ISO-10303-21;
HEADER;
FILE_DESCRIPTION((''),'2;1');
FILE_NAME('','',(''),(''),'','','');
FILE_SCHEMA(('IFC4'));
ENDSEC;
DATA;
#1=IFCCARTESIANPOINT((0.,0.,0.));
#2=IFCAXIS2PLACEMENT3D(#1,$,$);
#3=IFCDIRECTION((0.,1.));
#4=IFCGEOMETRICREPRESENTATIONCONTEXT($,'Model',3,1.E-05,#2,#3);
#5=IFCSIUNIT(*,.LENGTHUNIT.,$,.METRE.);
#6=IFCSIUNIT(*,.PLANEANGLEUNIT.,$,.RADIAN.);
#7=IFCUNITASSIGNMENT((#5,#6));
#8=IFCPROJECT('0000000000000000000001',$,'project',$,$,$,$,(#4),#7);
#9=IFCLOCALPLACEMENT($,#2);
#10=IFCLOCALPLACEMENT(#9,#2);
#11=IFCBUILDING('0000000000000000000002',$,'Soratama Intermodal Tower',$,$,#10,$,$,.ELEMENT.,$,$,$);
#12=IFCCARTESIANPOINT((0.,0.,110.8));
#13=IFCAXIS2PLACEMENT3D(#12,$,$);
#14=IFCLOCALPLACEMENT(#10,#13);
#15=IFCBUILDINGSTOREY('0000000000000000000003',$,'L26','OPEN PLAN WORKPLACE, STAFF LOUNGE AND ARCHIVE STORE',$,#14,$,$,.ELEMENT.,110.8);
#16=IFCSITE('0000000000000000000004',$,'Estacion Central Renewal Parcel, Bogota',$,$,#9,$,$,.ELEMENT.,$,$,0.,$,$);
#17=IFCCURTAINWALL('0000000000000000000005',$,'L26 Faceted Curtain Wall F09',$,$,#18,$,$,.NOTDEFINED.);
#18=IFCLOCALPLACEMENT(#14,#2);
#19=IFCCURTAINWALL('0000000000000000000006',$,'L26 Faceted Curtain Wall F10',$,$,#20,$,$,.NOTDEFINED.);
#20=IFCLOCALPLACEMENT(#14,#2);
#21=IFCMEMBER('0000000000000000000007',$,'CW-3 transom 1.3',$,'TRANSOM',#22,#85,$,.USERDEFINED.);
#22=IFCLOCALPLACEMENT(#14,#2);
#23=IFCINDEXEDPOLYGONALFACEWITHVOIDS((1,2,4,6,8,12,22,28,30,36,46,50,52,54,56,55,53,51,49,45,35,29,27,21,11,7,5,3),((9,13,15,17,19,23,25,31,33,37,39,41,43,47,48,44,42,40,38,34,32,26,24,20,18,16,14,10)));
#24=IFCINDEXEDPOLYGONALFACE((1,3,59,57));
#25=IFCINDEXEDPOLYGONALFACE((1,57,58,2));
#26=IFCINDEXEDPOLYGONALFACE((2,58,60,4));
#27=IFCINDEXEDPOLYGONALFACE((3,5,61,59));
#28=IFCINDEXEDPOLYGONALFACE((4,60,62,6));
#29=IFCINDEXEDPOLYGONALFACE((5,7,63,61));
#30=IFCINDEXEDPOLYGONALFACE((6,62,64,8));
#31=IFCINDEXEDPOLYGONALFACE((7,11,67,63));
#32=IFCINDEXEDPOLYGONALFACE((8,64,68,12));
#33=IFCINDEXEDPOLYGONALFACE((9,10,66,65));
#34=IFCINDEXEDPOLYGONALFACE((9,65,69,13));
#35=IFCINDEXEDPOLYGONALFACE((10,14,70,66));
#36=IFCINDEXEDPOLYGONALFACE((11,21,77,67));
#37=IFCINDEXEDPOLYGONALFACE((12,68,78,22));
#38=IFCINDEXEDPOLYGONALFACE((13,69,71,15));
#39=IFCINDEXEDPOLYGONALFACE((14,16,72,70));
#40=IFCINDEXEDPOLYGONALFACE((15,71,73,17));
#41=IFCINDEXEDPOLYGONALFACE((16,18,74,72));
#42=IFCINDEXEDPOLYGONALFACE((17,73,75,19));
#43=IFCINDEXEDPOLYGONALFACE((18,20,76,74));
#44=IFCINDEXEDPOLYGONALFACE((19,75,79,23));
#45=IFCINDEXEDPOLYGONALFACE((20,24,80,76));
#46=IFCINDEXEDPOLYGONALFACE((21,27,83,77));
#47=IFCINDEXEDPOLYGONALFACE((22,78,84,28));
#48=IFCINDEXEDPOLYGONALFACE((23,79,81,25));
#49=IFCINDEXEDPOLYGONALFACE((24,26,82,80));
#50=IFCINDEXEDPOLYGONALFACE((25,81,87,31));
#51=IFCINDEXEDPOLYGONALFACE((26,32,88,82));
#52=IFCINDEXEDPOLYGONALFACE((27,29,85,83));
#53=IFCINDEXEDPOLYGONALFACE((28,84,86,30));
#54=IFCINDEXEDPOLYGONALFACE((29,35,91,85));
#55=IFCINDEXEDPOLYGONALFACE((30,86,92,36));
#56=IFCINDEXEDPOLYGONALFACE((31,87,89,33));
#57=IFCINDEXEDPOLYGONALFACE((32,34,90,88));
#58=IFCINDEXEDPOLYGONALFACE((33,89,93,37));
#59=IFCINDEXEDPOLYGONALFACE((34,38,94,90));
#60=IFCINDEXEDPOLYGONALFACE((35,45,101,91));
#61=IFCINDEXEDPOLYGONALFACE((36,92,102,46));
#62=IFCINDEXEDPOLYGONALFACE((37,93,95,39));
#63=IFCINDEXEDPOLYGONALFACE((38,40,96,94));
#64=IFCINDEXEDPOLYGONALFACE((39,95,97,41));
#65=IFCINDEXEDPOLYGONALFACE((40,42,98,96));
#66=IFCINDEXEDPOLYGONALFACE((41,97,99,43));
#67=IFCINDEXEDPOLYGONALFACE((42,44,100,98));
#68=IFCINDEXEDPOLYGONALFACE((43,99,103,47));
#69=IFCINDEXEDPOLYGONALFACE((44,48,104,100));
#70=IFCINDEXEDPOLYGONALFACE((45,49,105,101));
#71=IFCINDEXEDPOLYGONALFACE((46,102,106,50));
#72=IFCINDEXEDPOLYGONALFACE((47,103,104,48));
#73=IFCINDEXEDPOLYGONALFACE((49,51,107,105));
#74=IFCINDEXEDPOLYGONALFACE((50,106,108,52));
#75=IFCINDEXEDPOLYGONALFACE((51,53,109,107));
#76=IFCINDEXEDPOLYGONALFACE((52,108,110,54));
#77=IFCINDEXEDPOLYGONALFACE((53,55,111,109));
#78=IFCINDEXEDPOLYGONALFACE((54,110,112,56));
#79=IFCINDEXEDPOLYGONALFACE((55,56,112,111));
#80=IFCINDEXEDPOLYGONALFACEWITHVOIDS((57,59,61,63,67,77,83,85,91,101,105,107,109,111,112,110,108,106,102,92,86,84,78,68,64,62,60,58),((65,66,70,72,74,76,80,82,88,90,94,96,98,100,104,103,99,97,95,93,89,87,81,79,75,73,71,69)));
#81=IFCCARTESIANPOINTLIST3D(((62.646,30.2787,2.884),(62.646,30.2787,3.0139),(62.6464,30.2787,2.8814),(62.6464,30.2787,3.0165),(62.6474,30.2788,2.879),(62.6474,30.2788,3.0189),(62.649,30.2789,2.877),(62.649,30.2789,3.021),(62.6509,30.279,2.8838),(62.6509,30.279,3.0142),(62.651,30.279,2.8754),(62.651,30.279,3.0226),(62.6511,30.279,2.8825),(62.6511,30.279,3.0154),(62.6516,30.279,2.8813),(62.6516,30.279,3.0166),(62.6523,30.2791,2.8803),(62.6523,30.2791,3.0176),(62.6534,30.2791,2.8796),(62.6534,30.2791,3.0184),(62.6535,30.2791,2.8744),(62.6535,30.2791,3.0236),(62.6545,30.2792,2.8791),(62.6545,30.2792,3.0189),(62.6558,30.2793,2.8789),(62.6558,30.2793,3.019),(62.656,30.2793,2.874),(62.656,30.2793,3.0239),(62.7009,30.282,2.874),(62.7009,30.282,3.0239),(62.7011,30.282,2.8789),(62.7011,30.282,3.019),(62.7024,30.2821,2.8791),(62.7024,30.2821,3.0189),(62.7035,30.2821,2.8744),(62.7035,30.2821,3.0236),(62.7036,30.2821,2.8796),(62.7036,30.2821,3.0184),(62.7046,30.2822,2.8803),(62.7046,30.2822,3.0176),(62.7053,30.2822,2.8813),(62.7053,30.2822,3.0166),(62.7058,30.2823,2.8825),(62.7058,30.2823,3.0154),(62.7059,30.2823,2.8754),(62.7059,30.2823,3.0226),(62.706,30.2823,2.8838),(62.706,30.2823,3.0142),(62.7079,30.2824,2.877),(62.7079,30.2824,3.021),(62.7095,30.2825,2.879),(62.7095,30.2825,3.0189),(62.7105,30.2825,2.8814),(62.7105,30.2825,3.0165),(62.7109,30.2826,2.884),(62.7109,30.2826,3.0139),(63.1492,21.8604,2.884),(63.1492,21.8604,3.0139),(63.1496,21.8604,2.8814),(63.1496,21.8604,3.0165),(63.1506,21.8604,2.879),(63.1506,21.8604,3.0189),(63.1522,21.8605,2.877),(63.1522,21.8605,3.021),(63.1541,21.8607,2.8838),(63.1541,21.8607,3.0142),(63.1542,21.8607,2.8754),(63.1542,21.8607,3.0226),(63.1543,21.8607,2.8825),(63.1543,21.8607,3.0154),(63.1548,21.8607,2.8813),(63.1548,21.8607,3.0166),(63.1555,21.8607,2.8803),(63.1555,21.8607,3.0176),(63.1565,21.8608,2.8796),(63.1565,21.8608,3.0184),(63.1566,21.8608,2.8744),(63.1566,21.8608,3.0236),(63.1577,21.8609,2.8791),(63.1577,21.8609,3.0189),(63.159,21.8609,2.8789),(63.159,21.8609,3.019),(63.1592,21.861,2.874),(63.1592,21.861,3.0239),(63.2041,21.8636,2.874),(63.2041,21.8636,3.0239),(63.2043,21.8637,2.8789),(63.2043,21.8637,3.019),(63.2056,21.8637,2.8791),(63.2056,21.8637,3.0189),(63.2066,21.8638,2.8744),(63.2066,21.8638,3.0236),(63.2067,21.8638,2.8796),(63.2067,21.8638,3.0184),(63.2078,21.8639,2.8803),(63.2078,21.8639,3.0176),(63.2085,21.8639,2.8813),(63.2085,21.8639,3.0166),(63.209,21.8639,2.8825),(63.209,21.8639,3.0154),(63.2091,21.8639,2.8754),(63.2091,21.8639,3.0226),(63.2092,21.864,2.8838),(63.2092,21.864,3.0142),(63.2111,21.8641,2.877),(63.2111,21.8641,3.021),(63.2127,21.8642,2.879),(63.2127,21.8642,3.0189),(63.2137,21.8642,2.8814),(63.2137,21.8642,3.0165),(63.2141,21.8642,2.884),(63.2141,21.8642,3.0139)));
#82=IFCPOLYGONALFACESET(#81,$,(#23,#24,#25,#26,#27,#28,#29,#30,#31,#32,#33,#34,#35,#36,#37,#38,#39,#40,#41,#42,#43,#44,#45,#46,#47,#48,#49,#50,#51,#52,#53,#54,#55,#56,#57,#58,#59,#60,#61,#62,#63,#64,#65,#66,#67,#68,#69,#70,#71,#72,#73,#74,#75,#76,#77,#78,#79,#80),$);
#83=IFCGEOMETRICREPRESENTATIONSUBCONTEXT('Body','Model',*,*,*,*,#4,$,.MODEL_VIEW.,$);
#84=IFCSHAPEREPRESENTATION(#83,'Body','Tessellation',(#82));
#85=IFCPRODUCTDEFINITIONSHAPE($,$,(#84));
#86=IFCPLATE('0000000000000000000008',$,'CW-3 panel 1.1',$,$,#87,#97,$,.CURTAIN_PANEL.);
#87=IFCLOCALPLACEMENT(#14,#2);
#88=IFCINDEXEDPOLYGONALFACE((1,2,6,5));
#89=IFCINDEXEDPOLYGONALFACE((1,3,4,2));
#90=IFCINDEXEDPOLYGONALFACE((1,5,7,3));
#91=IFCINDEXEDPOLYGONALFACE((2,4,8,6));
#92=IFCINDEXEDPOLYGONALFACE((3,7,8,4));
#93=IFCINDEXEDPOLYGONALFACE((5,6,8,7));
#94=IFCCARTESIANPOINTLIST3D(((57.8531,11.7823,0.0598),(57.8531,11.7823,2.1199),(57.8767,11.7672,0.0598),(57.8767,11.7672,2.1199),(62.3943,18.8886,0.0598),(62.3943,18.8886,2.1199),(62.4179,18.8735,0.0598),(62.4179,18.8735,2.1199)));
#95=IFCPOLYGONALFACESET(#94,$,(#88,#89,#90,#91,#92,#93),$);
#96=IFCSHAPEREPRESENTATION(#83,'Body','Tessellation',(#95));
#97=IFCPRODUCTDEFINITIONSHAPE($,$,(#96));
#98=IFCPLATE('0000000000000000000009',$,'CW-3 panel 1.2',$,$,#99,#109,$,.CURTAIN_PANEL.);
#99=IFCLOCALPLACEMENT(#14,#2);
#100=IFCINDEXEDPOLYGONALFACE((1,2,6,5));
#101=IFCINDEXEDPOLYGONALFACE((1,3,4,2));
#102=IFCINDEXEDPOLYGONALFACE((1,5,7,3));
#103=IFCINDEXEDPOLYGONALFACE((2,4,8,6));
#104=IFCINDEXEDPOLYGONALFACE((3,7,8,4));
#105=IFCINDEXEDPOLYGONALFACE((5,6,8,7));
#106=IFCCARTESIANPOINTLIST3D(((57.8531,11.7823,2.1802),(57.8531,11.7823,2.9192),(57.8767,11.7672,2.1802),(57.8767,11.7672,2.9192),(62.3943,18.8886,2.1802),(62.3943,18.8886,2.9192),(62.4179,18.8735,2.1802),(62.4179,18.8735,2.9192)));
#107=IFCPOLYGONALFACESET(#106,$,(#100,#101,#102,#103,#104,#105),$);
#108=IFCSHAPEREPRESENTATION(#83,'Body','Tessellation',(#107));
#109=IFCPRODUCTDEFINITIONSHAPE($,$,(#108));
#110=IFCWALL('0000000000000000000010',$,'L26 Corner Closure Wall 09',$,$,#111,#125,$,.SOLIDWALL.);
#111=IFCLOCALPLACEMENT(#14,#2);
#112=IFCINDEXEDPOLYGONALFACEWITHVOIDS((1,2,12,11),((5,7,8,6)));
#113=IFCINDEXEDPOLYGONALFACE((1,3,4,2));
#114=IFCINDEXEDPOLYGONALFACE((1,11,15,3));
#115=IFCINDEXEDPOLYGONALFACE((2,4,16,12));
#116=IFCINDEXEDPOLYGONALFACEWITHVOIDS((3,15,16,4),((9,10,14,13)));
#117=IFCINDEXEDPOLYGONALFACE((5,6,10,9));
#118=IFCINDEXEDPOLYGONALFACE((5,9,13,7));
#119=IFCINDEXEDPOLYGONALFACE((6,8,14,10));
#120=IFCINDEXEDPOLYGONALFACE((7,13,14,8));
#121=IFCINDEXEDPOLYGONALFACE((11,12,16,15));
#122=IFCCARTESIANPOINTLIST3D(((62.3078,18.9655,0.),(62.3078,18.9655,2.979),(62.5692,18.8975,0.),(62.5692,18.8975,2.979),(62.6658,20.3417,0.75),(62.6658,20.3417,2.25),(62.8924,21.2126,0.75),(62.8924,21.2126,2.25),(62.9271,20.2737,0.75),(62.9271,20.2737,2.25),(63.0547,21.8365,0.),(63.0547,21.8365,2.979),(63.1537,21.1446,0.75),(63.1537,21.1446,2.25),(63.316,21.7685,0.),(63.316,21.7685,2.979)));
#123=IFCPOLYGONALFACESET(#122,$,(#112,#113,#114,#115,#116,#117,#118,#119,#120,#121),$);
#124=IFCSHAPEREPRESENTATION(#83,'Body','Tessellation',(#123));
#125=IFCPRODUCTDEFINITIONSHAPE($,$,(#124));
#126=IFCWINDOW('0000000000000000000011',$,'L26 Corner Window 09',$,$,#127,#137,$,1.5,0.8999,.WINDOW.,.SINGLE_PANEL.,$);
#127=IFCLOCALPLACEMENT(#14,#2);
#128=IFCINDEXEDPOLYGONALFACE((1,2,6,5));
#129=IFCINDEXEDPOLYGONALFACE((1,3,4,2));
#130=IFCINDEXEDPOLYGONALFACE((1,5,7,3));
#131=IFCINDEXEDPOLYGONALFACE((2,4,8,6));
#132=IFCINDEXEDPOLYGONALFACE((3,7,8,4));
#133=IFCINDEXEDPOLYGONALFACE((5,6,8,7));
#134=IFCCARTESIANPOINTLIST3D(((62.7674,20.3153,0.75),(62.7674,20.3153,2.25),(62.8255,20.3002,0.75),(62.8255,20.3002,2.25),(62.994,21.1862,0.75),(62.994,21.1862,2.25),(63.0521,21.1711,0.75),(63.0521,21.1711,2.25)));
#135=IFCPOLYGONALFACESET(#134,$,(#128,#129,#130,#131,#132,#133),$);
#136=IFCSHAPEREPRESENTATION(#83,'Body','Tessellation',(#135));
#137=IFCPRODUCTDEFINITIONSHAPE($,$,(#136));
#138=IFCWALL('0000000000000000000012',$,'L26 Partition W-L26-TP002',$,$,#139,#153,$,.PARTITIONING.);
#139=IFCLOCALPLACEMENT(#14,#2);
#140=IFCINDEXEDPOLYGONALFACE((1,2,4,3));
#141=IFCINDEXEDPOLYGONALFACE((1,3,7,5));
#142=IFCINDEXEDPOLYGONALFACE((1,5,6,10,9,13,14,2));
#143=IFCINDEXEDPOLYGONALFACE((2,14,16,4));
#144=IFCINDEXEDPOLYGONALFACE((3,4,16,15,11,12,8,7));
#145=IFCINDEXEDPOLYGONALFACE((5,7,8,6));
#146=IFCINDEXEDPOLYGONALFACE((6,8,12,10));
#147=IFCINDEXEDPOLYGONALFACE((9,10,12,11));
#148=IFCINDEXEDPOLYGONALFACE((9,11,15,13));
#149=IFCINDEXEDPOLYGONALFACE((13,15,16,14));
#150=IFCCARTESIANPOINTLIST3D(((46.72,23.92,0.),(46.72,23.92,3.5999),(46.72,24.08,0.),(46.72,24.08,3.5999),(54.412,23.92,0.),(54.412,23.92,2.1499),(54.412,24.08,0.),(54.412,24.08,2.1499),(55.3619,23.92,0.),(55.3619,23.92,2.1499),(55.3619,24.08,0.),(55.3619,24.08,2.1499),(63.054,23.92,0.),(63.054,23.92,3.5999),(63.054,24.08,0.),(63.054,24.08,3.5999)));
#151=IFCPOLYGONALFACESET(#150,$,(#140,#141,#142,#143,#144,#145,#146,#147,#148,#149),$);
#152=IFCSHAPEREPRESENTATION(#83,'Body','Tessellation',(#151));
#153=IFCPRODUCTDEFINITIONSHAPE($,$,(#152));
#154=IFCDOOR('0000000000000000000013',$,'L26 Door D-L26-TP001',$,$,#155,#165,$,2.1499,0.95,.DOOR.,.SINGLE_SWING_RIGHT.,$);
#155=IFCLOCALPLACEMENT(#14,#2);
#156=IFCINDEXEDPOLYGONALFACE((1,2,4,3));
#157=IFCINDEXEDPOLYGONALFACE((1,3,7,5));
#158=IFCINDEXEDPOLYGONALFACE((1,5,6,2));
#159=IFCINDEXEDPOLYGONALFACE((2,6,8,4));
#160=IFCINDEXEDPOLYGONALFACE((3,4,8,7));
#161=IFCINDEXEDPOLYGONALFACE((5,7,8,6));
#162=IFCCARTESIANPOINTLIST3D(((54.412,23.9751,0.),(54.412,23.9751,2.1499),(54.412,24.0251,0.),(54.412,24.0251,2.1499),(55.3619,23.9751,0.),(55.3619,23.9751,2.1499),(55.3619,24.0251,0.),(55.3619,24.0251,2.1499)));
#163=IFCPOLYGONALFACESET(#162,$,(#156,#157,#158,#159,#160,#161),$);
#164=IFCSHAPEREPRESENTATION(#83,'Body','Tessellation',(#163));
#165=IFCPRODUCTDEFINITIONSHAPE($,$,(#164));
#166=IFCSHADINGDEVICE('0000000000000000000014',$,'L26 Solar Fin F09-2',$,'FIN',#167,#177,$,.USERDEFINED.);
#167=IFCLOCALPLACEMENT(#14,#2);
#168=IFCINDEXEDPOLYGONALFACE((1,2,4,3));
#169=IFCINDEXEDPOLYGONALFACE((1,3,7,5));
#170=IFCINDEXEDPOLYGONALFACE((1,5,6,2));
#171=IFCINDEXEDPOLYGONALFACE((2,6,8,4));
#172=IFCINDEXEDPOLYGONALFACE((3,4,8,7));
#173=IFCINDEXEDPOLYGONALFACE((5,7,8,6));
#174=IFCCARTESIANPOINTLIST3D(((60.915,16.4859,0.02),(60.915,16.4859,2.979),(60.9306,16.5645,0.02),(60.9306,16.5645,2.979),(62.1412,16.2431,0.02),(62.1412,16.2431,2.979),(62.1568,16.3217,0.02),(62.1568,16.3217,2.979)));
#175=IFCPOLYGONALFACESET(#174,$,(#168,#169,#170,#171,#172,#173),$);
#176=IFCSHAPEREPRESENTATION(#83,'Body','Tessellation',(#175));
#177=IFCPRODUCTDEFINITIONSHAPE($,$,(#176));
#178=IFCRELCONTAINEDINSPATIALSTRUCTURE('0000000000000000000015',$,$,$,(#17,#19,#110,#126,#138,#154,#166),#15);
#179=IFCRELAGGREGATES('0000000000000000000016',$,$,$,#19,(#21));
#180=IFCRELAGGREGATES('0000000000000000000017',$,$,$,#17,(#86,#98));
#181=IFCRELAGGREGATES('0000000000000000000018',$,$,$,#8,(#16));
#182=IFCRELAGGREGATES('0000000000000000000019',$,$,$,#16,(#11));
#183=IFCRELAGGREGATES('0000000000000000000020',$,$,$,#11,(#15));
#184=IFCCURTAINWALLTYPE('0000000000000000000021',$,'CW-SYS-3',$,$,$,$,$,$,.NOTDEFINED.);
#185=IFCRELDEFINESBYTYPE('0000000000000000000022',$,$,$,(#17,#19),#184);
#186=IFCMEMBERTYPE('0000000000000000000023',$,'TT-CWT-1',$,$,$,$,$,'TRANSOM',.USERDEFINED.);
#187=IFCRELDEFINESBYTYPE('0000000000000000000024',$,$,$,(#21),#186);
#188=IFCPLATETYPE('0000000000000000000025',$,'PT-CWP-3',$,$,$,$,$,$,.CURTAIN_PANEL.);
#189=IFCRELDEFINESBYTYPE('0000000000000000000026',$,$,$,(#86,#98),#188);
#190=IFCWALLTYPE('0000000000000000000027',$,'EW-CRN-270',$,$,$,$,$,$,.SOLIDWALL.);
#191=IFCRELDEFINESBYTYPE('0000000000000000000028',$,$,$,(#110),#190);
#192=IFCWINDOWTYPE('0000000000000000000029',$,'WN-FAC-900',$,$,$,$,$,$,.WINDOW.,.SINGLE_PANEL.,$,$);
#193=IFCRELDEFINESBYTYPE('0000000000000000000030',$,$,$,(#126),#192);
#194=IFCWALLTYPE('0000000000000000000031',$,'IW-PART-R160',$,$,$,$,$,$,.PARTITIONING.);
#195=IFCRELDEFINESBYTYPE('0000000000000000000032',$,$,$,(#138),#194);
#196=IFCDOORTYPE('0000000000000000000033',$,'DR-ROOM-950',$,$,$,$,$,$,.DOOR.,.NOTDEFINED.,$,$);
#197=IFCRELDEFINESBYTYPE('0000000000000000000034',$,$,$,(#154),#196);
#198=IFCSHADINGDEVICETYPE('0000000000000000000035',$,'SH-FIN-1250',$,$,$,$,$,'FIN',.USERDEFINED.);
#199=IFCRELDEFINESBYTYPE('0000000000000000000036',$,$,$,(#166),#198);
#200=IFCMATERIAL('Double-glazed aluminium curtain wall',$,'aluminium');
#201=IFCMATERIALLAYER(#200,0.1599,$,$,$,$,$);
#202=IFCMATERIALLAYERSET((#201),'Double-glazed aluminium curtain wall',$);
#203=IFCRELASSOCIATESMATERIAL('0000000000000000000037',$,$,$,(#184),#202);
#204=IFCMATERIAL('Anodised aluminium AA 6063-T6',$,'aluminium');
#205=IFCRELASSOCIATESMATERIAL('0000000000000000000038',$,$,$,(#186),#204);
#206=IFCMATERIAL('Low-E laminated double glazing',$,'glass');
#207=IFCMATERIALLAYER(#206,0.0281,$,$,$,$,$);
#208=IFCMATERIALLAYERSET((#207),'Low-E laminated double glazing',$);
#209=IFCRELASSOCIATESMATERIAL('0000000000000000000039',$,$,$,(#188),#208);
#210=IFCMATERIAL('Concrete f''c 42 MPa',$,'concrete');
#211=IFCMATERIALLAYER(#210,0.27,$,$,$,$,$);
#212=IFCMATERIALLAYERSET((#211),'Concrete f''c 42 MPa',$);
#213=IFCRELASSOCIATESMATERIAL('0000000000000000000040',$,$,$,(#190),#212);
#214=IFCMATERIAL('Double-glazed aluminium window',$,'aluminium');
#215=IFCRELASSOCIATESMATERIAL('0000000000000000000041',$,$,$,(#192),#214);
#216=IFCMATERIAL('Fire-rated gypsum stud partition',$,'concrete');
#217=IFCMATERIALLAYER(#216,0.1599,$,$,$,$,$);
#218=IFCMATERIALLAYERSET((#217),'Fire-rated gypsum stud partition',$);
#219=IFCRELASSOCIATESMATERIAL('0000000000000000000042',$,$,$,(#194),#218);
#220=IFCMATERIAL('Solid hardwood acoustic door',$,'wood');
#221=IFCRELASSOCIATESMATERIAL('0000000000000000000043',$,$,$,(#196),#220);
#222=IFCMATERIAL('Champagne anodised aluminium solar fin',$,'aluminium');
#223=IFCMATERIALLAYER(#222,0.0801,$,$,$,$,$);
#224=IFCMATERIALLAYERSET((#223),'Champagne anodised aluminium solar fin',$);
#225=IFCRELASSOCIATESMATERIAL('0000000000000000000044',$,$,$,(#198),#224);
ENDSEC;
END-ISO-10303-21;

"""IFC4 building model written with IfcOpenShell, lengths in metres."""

from ifc_helpers import new_model, si_unit, direction, frame, frame_2d, origin, origin_2d, place, context, subcontext, project, spatial, rectangle, hollow_rectangle, extrude, material, layer, layer_set, material_profile, profile_set, type_object, element, fill, aggregate, save


model = new_model("IFC4")

# Units and contexts
model_context = context("Model", 3, precision=1e-05, world=origin(), true_north=direction((0.0, 1.0)))
body_context = subcontext(model_context, "Body", "Model", "MODEL_VIEW")
ifc_project = project(units=[si_unit("LENGTHUNIT", "METRE"), si_unit("PLANEANGLEUNIT", "RADIAN")], contexts=[model_context])

# Site, building, storey
site_placement = place(None, origin())
site = spatial("IfcSite", under=ifc_project, at=site_placement, Name="Estacion Central Renewal Parcel, Bogota", CompositionType="ELEMENT", RefElevation=0.0)
building_placement = place(site_placement, origin())
building = spatial("IfcBuilding", under=site, at=building_placement, Name="Soratama Intermodal Tower", CompositionType="ELEMENT")
storey_placement = place(building_placement, frame((0.0, 0.0, 110.8)))
storey = spatial("IfcBuildingStorey", under=building, at=storey_placement, Name="L26", Description="OPEN PLAN WORKPLACE, STAFF LOUNGE AND ARCHIVE STORE", CompositionType="ELEMENT", Elevation=110.8)

# Curtain wall
ifc_material_1 = material(Name="Double-glazed aluminium curtain wall", Category="aluminium")
ifc_layer_1 = layer(ifc_material_1, 0.1599)
ifc_layer_set_1 = layer_set([ifc_layer_1], Name="Double-glazed aluminium curtain wall")
curtain_wall_type = type_object("IfcCurtainWallType", Name="CW-SYS-3", PredefinedType="NOTDEFINED", material=ifc_layer_set_1)
curtain_wall_1_placement = place(storey_placement, origin())
curtain_wall_1 = element("IfcCurtainWall", 1, at=curtain_wall_1_placement, inside=storey, type_object=curtain_wall_type, Name="L26 Faceted Curtain Wall F09", PredefinedType="NOTDEFINED")

# Curtain wall, member
curtain_wall_2_placement = place(storey_placement, origin())
curtain_wall_2 = element("IfcCurtainWall", 2, at=curtain_wall_2_placement, inside=storey, type_object=curtain_wall_type, Name="L26 Faceted Curtain Wall F10", PredefinedType="NOTDEFINED")
ifc_material_2 = material(Name="Anodised aluminium AA 6063-T6", Category="aluminium")
ifc_material_profile_1 = material_profile(ifc_material_2, hollow_rectangle(XDim=0.0649, YDim=0.1499, WallThickness=0.0049, InnerFilletRadius=0.0049, OuterFilletRadius=0.01, at=origin_2d()), Name="CWT150X65X5")
ifc_profile_set_1 = profile_set([ifc_material_profile_1], Name="Anodised aluminium AA 6063-T6")
member_type_1 = type_object("IfcMemberType", Name="TT-CWT-1", ElementType="TRANSOM", PredefinedType="USERDEFINED", material=ifc_profile_set_1)
member_1_placement = place(storey_placement, frame((63.1816, 21.8623, 2.949), z_axis=(-0.059666, 0.998218, 0.0), x_axis=(-0.998218, -0.059666, 0.0)))
member_1 = element("IfcMember", 3, at=member_1_placement, type_object=member_type_1, Name="CW-3 transom 1.3", ObjectType="TRANSOM", PredefinedType="USERDEFINED", context=body_context, shape_type="SweptSolid", body=[
    extrude(hollow_rectangle(XDim=0.0649, YDim=0.1499, WallThickness=0.0049, InnerFilletRadius=0.0049, OuterFilletRadius=0.01, at=origin_2d()), origin(), (0.0, 0.0, 1.0), 8.4333),
])
aggregate(curtain_wall_2, [member_1])

# Plates
ifc_material_3 = material(Name="Low-E laminated double glazing", Category="glass")
ifc_layer_2 = layer(ifc_material_3, 0.0281)
ifc_layer_set_2 = layer_set([ifc_layer_2], Name="Low-E laminated double glazing")
plate_type = type_object("IfcPlateType", Name="PT-CWP-3", PredefinedType="CURTAIN_PANEL", material=ifc_layer_set_2)
plate_1_placement = place(storey_placement, frame((60.1355, 15.3279, 0.0598), z_axis=(0.0, 0.0, 1.0), x_axis=(0.538478, 0.842639, 0.0)))
plate_1 = element("IfcPlate", 4, at=plate_1_placement, type_object=plate_type, Name="CW-3 panel 1.1", PredefinedType="CURTAIN_PANEL", context=body_context, shape_type="SweptSolid", body=[
    extrude(rectangle(XDim=8.4333, YDim=0.0281, at=origin_2d()), origin(), (0.0, 0.0, 1.0), 2.0601),
])
plate_2_placement = place(storey_placement, frame((60.1355, 15.3279, 2.1802), z_axis=(0.0, 0.0, 1.0), x_axis=(0.538478, 0.842639, 0.0)))
plate_2 = element("IfcPlate", 5, at=plate_2_placement, type_object=plate_type, Name="CW-3 panel 1.2", PredefinedType="CURTAIN_PANEL", context=body_context, shape_type="SweptSolid", body=[
    extrude(rectangle(XDim=8.4333, YDim=0.0281, at=origin_2d()), origin(), (0.0, 0.0, 1.0), 0.739),
])
aggregate(curtain_wall_1, [plate_1, plate_2])

# Wall, opening, window
ifc_material_4 = material(Name="Concrete f'c 42 MPa", Category="concrete")
ifc_layer_3 = layer(ifc_material_4, 0.27)
ifc_layer_set_3 = layer_set([ifc_layer_3], Name="Concrete f'c 42 MPa")
wall_type_1 = type_object("IfcWallType", Name="EW-CRN-270", PredefinedType="SOLIDWALL", material=ifc_layer_set_3)
wall_1_placement = place(storey_placement, frame((62.4385, 18.9314, 0.0), z_axis=(0.0, 0.0, 1.0), x_axis=(0.251742, 0.967794, 0.0)))
wall_1 = element("IfcWall", 6, at=wall_1_placement, inside=storey, type_object=wall_type_1, Name="L26 Corner Closure Wall 09", PredefinedType="SOLIDWALL", context=body_context, shape_type="SweptSolid", body=[
    extrude(rectangle(XDim=2.9666, YDim=0.27, at=frame_2d((1.4834, 0.0))), origin(), (0.0, 0.0, 1.0), 2.979),
])
opening_1_placement = place(wall_1_placement, frame((1.4221, 0.0, 0.75)))
opening_1 = element("IfcOpeningElement", 7, at=opening_1_placement, cuts=wall_1, PredefinedType="OPENING", context=body_context, shape_type="SweptSolid", body=[
    extrude(rectangle(XDim=0.8999, YDim=1.5, at=frame_2d((0.45, 0.75))), frame((0.0, 0.145, 0.0), z_axis=(0.0, -1.0, 0.0), x_axis=(1.0, 0.0, 0.0)), (0.0, 0.0, 1.0), 0.29),
])
ifc_material_5 = material(Name="Double-glazed aluminium window", Category="aluminium")
window_type = type_object("IfcWindowType", Name="WN-FAC-900", PartitioningType="SINGLE_PANEL", PredefinedType="WINDOW", material=ifc_material_5)
window_placement = place(opening_1_placement, origin())
window = element("IfcWindow", 8, at=window_placement, inside=storey, type_object=window_type, Name="L26 Corner Window 09", OverallHeight=1.5, OverallWidth=0.8999, PartitioningType="SINGLE_PANEL", PredefinedType="WINDOW", context=body_context, shape_type="SweptSolid", body=[
    extrude(rectangle(XDim=0.8999, YDim=1.5, at=frame_2d((0.45, 0.75))), frame((0.0, 0.03, 0.0), z_axis=(0.0, -1.0, 0.0), x_axis=(1.0, 0.0, 0.0)), (0.0, 0.0, 1.0), 0.0601),
])
fill(opening_1, window)

# Wall, opening, door
ifc_material_6 = material(Name="Fire-rated gypsum stud partition", Category="concrete")
ifc_layer_4 = layer(ifc_material_6, 0.1599)
ifc_layer_set_4 = layer_set([ifc_layer_4], Name="Fire-rated gypsum stud partition")
wall_type_2 = type_object("IfcWallType", Name="IW-PART-R160", PredefinedType="PARTITIONING", material=ifc_layer_set_4)
wall_2_placement = place(storey_placement, frame((63.054, 24.0, 0.0), z_axis=(0.0, 0.0, 1.0), x_axis=(-1.0, 0.0, 0.0)))
wall_2 = element("IfcWall", 9, at=wall_2_placement, inside=storey, type_object=wall_type_2, Name="L26 Partition W-L26-TP002", PredefinedType="PARTITIONING", context=body_context, shape_type="SweptSolid", body=[
    extrude(rectangle(XDim=16.334, YDim=0.1599, at=frame_2d((8.167, 0.0))), origin(), (0.0, 0.0, 1.0), 3.5999),
])
opening_2_placement = place(wall_2_placement, frame((7.6919, 0.0, 0.0)))
opening_2 = element("IfcOpeningElement", 10, at=opening_2_placement, cuts=wall_2, PredefinedType="OPENING", context=body_context, shape_type="SweptSolid", body=[
    extrude(rectangle(XDim=0.95, YDim=2.1499, at=frame_2d((0.4751, 1.075))), frame((0.0, 0.0898, 0.0), z_axis=(0.0, -1.0, 0.0), x_axis=(1.0, 0.0, 0.0)), (0.0, 0.0, 1.0), 0.1799),
])
ifc_material_7 = material(Name="Solid hardwood acoustic door", Category="wood")
door_type = type_object("IfcDoorType", Name="DR-ROOM-950", OperationType="NOTDEFINED", PredefinedType="DOOR", material=ifc_material_7)
door_placement = place(opening_2_placement, origin())
door = element("IfcDoor", 11, at=door_placement, inside=storey, type_object=door_type, Name="L26 Door D-L26-TP001", OperationType="SINGLE_SWING_RIGHT", OverallHeight=2.1499, OverallWidth=0.95, PredefinedType="DOOR", context=body_context, shape_type="SweptSolid", body=[
    extrude(rectangle(XDim=0.95, YDim=2.1499, at=frame_2d((0.4751, 1.075))), frame((0.0, 0.0249, 0.0), z_axis=(0.0, -1.0, 0.0), x_axis=(1.0, 0.0, 0.0)), (0.0, 0.0, 1.0), 0.05),
])
fill(opening_2, door)

# Shading device
ifc_material_8 = material(Name="Champagne anodised aluminium solar fin", Category="aluminium")
ifc_layer_5 = layer(ifc_material_8, 0.0801)
ifc_layer_set_5 = layer_set([ifc_layer_5], Name="Champagne anodised aluminium solar fin")
shading_device_type = type_object("IfcShadingDeviceType", Name="SH-FIN-1250", ElementType="FIN", PredefinedType="USERDEFINED", material=ifc_layer_set_5)
for number, where, z_axis, x_axis, name in (
    (12, (61.5359, 16.4038, 0.02), (0.0, 0.0, 1.0), (0.980955, -0.194234, 0.0), "L26 Solar Fin F09-2"),
):
    element("IfcShadingDevice", number, at=place(storey_placement, frame(where, z_axis=z_axis, x_axis=x_axis)), inside=storey, type_object=shading_device_type, Name=name, ObjectType="FIN", PredefinedType="USERDEFINED", context=body_context, shape_type="SweptSolid", body=[
        extrude(rectangle(XDim=1.25, YDim=0.0801, at=origin_2d()), origin(), (0.0, 0.0, 1.0), 2.959),
    ])

save(model, "model.ifc")
